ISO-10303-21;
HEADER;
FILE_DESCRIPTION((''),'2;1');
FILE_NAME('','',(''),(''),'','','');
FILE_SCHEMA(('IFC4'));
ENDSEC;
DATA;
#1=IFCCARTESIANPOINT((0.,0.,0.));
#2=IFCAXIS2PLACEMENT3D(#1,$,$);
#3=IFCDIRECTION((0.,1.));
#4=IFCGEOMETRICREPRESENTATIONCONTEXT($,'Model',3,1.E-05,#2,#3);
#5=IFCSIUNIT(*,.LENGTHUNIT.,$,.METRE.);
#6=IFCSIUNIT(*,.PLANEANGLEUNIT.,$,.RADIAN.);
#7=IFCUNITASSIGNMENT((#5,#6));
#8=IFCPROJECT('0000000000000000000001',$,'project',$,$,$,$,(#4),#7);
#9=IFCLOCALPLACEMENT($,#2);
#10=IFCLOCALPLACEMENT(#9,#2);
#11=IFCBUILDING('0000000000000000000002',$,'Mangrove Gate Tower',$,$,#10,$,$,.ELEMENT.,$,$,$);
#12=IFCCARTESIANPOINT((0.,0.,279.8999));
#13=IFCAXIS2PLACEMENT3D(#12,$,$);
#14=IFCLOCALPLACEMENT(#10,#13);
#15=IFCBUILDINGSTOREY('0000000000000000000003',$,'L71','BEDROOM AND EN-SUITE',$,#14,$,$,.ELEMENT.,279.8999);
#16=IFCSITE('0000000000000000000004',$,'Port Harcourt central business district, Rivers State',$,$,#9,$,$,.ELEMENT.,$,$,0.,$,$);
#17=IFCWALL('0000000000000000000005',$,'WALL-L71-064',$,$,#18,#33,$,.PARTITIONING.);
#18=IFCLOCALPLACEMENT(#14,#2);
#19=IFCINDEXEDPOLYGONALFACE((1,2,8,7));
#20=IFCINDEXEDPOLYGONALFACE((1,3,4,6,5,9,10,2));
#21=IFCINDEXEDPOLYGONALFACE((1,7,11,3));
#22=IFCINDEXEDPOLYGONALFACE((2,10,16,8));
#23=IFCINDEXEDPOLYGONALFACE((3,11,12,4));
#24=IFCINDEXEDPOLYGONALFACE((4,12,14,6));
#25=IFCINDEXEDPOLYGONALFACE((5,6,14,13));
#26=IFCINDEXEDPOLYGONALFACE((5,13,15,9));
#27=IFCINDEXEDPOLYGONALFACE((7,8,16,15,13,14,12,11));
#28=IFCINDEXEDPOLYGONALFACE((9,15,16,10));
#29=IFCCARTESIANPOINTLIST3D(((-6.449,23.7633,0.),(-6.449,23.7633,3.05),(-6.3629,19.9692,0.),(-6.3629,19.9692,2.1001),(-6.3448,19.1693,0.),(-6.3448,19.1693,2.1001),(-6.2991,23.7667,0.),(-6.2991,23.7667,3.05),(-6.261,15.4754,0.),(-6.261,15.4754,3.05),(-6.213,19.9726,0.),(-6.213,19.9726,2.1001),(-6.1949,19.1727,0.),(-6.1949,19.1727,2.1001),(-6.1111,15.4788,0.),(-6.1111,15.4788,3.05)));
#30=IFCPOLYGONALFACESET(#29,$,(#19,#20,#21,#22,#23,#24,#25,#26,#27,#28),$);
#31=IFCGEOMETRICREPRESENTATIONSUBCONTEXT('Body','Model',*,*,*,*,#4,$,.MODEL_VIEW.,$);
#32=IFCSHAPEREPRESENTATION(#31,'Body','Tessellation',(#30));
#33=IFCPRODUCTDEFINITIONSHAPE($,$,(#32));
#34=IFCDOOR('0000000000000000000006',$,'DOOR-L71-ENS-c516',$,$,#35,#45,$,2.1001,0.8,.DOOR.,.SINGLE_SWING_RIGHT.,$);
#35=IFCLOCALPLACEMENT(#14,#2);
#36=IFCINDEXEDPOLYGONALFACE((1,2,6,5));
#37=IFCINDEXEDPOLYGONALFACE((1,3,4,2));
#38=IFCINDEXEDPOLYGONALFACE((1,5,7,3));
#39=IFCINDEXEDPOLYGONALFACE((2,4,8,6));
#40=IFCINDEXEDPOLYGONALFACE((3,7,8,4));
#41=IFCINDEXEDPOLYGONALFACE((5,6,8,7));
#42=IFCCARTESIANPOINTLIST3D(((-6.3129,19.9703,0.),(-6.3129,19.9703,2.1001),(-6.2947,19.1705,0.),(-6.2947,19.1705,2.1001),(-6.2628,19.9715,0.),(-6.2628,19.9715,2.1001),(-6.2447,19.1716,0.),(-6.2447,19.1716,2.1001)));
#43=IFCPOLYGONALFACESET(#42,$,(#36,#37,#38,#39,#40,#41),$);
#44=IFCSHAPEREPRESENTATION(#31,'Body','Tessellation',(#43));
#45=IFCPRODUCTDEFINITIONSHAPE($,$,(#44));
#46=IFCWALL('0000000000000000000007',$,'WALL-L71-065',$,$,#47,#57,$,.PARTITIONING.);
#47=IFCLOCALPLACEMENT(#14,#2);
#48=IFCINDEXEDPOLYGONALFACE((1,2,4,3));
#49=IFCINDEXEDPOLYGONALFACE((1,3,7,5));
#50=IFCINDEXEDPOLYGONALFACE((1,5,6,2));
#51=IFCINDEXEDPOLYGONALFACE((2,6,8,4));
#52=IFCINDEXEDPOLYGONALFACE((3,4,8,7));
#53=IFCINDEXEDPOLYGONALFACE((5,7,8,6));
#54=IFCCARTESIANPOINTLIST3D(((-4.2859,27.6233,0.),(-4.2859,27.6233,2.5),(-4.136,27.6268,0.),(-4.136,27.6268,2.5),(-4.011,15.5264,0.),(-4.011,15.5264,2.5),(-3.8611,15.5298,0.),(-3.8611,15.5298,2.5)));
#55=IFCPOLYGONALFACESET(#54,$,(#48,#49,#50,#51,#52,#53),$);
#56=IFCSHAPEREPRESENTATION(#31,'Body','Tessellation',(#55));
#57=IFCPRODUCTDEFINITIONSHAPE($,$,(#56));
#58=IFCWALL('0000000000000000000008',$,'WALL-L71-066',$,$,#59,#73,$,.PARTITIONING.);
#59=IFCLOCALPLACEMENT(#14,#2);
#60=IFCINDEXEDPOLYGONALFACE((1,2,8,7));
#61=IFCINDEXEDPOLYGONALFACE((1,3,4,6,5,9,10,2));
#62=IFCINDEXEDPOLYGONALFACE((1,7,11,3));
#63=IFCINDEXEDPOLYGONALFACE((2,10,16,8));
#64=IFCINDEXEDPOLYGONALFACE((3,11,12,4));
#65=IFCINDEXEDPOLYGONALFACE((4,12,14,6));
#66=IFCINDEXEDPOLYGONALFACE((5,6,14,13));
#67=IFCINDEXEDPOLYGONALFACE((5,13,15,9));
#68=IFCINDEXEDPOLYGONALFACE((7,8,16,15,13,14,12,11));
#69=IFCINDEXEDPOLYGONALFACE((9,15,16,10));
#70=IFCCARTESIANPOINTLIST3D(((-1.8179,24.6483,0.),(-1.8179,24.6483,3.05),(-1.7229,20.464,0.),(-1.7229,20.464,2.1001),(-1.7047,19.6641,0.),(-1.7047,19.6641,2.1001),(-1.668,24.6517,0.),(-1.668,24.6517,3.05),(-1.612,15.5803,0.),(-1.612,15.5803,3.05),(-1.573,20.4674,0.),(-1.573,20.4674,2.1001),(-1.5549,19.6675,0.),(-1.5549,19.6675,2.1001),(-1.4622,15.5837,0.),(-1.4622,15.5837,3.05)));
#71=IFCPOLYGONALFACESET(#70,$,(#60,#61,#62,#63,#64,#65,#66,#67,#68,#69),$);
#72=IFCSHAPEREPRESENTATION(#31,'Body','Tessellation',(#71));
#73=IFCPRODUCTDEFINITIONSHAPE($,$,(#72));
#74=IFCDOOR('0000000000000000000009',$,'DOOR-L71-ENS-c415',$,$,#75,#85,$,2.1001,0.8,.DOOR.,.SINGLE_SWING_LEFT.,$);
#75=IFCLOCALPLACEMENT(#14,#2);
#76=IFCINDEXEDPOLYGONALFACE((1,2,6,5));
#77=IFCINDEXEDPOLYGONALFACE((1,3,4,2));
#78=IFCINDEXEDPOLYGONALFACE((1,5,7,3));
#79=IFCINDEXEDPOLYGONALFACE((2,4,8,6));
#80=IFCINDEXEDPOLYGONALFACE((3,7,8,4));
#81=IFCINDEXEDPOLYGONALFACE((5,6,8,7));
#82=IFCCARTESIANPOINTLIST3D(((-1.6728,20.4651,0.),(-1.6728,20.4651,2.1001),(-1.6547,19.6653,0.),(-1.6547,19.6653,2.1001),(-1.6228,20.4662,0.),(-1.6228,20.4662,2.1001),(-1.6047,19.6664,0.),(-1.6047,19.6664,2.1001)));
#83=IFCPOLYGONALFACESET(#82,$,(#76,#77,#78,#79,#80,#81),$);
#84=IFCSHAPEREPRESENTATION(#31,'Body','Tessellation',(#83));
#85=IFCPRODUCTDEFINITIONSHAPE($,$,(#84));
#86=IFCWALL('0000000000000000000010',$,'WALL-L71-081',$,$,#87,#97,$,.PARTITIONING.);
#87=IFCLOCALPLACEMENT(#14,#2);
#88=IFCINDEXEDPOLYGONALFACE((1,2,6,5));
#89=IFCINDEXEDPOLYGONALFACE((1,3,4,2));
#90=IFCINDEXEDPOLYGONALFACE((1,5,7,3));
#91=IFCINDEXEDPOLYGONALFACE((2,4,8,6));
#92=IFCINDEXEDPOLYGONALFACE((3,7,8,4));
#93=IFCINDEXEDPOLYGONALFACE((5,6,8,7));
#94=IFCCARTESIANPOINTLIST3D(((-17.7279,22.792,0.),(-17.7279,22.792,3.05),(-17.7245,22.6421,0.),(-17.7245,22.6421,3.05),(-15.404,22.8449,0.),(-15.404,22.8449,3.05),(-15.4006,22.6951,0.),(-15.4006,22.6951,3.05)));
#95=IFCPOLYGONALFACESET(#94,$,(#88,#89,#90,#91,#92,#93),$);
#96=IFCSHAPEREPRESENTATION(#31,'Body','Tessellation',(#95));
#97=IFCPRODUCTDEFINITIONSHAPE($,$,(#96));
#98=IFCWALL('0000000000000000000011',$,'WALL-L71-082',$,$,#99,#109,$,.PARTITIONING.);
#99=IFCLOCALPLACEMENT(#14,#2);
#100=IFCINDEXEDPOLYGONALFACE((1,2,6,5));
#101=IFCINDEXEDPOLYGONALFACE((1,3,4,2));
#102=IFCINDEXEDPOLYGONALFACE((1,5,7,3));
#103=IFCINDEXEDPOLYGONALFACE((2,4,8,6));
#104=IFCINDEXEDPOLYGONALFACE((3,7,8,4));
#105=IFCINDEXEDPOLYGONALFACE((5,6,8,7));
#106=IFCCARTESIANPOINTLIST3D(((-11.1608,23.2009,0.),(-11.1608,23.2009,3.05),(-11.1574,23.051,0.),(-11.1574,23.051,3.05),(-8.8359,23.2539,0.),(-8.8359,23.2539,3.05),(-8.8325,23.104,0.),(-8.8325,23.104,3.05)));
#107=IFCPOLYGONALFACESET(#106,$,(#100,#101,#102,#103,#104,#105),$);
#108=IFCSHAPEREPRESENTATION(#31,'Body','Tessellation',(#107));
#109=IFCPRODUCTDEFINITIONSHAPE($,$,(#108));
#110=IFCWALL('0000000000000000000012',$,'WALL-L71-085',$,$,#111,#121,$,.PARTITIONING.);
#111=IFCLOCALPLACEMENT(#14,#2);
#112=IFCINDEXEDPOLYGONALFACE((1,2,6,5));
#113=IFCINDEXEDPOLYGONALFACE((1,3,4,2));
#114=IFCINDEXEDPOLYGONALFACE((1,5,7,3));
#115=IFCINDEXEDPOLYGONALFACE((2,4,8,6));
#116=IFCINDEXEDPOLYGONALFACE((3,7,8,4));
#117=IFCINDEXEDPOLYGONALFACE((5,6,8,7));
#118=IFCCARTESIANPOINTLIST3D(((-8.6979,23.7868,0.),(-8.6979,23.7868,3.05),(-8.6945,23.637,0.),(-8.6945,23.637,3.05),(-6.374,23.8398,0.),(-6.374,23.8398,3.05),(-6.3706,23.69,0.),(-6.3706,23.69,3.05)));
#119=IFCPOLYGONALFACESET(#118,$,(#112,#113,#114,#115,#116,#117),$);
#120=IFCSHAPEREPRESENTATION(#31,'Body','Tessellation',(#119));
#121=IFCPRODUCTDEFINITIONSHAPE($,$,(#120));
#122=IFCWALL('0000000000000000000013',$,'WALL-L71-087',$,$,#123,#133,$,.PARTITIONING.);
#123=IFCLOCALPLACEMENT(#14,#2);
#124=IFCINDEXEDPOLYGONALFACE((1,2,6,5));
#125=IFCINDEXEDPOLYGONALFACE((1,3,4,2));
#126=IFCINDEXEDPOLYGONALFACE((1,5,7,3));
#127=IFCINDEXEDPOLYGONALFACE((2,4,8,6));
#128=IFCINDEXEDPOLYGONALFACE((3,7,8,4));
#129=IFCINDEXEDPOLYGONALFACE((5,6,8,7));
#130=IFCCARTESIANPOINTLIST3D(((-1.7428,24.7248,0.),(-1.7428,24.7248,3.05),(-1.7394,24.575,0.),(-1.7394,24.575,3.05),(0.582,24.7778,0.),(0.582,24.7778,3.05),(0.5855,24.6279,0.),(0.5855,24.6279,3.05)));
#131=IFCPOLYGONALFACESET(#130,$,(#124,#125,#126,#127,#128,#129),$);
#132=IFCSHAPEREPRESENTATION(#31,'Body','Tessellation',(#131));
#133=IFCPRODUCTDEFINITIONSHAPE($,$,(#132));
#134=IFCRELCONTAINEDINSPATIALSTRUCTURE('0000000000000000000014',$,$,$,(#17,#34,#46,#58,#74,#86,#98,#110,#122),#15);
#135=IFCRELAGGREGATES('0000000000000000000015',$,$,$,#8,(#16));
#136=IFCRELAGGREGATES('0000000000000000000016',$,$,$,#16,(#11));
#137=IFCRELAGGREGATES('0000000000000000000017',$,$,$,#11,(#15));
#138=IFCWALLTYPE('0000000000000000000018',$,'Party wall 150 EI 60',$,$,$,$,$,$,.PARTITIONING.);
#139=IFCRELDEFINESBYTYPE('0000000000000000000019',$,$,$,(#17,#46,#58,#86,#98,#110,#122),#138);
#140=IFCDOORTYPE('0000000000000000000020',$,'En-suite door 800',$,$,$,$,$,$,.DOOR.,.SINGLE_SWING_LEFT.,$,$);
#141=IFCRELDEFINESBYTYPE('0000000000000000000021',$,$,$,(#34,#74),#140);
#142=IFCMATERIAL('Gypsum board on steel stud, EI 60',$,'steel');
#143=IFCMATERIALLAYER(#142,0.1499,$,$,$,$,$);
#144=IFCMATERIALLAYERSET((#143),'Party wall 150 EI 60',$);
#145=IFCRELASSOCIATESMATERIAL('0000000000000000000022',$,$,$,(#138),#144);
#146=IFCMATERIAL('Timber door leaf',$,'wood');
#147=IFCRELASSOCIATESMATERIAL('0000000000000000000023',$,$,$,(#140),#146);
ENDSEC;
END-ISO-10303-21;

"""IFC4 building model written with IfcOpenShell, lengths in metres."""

from ifc_helpers import new_model, si_unit, direction, frame, frame_2d, origin, place, context, subcontext, project, spatial, rectangle, extrude, material, layer, layer_set, type_object, element, fill, save


model = new_model("IFC4")

# Units and contexts
model_context = context("Model", 3, precision=1e-05, world=origin(), true_north=direction((0.0, 1.0)))
body_context = subcontext(model_context, "Body", "Model", "MODEL_VIEW")
ifc_project = project(units=[si_unit("LENGTHUNIT", "METRE"), si_unit("PLANEANGLEUNIT", "RADIAN")], contexts=[model_context])

# Site, building, storey
site_placement = place(None, origin())
site = spatial("IfcSite", under=ifc_project, at=site_placement, Name="Port Harcourt central business district, Rivers State", CompositionType="ELEMENT", RefElevation=0.0)
building_placement = place(site_placement, origin())
building = spatial("IfcBuilding", under=site, at=building_placement, Name="Mangrove Gate Tower", CompositionType="ELEMENT")
storey_placement = place(building_placement, frame((0.0, 0.0, 279.8999)))
storey = spatial("IfcBuildingStorey", under=building, at=storey_placement, Name="L71", Description="BEDROOM AND EN-SUITE", CompositionType="ELEMENT", Elevation=279.8999)

# Shared definitions
ifc_material_1 = material(Name="Gypsum board on steel stud, EI 60", Category="steel")
ifc_layer = layer(ifc_material_1, 0.1499)
ifc_layer_set = layer_set([ifc_layer], Name="Party wall 150 EI 60")
wall_type = type_object("IfcWallType", Name="Party wall 150 EI 60", PredefinedType="PARTITIONING", material=ifc_layer_set)

# Shared definitions
ifc_material_2 = material(Name="Timber door leaf", Category="wood")
door_type = type_object("IfcDoorType", Name="En-suite door 800", OperationType="SINGLE_SWING_LEFT", PredefinedType="DOOR", material=ifc_material_2)

# Wall, opening, door
wall_1_placement = place(storey_placement, frame((-6.186, 15.4771, 0.0), z_axis=(0.0, 0.0, 1.0), x_axis=(-0.022677, 0.999743, 0.0)))
wall_1 = element("IfcWall", 1, at=wall_1_placement, inside=storey, type_object=wall_type, Name="WALL-L71-064", PredefinedType="PARTITIONING", context=body_context, shape_type="SweptSolid", body=[
    extrude(rectangle(XDim=8.29, YDim=0.1499, at=frame_2d((4.145, 0.0))), origin(), (0.0, 0.0, 1.0), 3.05),
])
opening_1_placement = place(wall_1_placement, frame((3.6951, 0.0, 0.0)))
opening_1 = element("IfcOpeningElement", 2, at=opening_1_placement, cuts=wall_1, PredefinedType="OPENING", context=body_context, shape_type="SweptSolid", body=[
    extrude(rectangle(XDim=0.8, YDim=2.1001, at=frame_2d((0.3999, 1.05))), frame((0.0, 0.085, 0.0), z_axis=(0.0, -1.0, 0.0), x_axis=(1.0, 0.0, 0.0)), (0.0, 0.0, 1.0), 0.1699),
])
door_1_placement = place(opening_1_placement, origin())
door_1 = element("IfcDoor", 3, at=door_1_placement, inside=storey, type_object=door_type, Name="DOOR-L71-ENS-c516", OperationType="SINGLE_SWING_RIGHT", OverallHeight=2.1001, OverallWidth=0.8, PredefinedType="DOOR", context=body_context, shape_type="SweptSolid", body=[
    extrude(rectangle(XDim=0.8, YDim=2.1001, at=frame_2d((0.3999, 1.05))), frame((0.0, 0.0249, 0.0), z_axis=(0.0, -1.0, 0.0), x_axis=(1.0, 0.0, 0.0)), (0.0, 0.0, 1.0), 0.05),
])
fill(opening_1, door_1)

# Wall
wall_2_placement = place(storey_placement, frame((-3.936, 15.5281, 0.0), z_axis=(0.0, 0.0, 1.0), x_axis=(-0.022719, 0.999742, 0.0)))
element("IfcWall", 4, at=wall_2_placement, inside=storey, type_object=wall_type, Name="WALL-L71-065", PredefinedType="PARTITIONING", context=body_context, shape_type="SweptSolid", body=[
    extrude(rectangle(XDim=12.1001, YDim=0.1499, at=frame_2d((6.05, 0.0))), origin(), (0.0, 0.0, 1.0), 2.5),
])

# Wall, opening, door
wall_3_placement = place(storey_placement, frame((-1.5371, 15.582, 0.0), z_axis=(0.0, 0.0, 1.0), x_axis=(-0.022691, 0.999743, 0.0)))
wall_3 = element("IfcWall", 5, at=wall_3_placement, inside=storey, type_object=wall_type, Name="WALL-L71-066", PredefinedType="PARTITIONING", context=body_context, shape_type="SweptSolid", body=[
    extrude(rectangle(XDim=9.0703, YDim=0.1499, at=frame_2d((4.5352, 0.0))), origin(), (0.0, 0.0, 1.0), 3.05),
])
opening_2_placement = place(wall_3_placement, frame((4.085, 0.0, 0.0)))
opening_2 = element("IfcOpeningElement", 6, at=opening_2_placement, cuts=wall_3, PredefinedType="OPENING", context=body_context, shape_type="SweptSolid", body=[
    extrude(rectangle(XDim=0.8, YDim=2.1001, at=frame_2d((0.3999, 1.05))), frame((0.0, 0.085, 0.0), z_axis=(0.0, -1.0, 0.0), x_axis=(1.0, 0.0, 0.0)), (0.0, 0.0, 1.0), 0.1699),
])
door_2_placement = place(opening_2_placement, origin())
door_2 = element("IfcDoor", 7, at=door_2_placement, inside=storey, type_object=door_type, Name="DOOR-L71-ENS-c415", OperationType="SINGLE_SWING_LEFT", OverallHeight=2.1001, OverallWidth=0.8, PredefinedType="DOOR", context=body_context, shape_type="SweptSolid", body=[
    extrude(rectangle(XDim=0.8, YDim=2.1001, at=frame_2d((0.3999, 1.05))), frame((0.0, 0.0249, 0.0), z_axis=(0.0, -1.0, 0.0), x_axis=(1.0, 0.0, 0.0)), (0.0, 0.0, 1.0), 0.05),
])
fill(opening_2, door_2)

# Walls
wall_4_placement = place(storey_placement, frame((-17.7261, 22.717, 0.0), z_axis=(0.0, 0.0, 1.0), x_axis=(0.99974, 0.022791, 0.0)))
element("IfcWall", 8, at=wall_4_placement, inside=storey, type_object=wall_type, Name="WALL-L71-081", PredefinedType="PARTITIONING", context=body_context, shape_type="SweptSolid", body=[
    extrude(rectangle(XDim=2.3245, YDim=0.1499, at=frame_2d((1.1621, 0.0))), origin(), (0.0, 0.0, 1.0), 3.05),
])
wall_5_placement = place(storey_placement, frame((-11.1589, 23.126, 0.0), z_axis=(0.0, 0.0, 1.0), x_axis=(0.99974, 0.022781, 0.0)))
element("IfcWall", 9, at=wall_5_placement, inside=storey, type_object=wall_type, Name="WALL-L71-082", PredefinedType="PARTITIONING", context=body_context, shape_type="SweptSolid", body=[
    extrude(rectangle(XDim=2.3254, YDim=0.1499, at=frame_2d((1.1626, 0.0))), origin(), (0.0, 0.0, 1.0), 3.05),
])
wall_6_placement = place(storey_placement, frame((-8.696, 23.7119, 0.0), z_axis=(0.0, 0.0, 1.0), x_axis=(0.99974, 0.022791, 0.0)))
element("IfcWall", 10, at=wall_6_placement, inside=storey, type_object=wall_type, Name="WALL-L71-085", PredefinedType="PARTITIONING", context=body_context, shape_type="SweptSolid", body=[
    extrude(rectangle(XDim=2.3245, YDim=0.1499, at=frame_2d((1.1621, 0.0))), origin(), (0.0, 0.0, 1.0), 3.05),
])
wall_7_placement = place(storey_placement, frame((-1.741, 24.6499, 0.0), z_axis=(0.0, 0.0, 1.0), x_axis=(0.99974, 0.022781, 0.0)))
element("IfcWall", 11, at=wall_7_placement, inside=storey, type_object=wall_type, Name="WALL-L71-087", PredefinedType="PARTITIONING", context=body_context, shape_type="SweptSolid", body=[
    extrude(rectangle(XDim=2.3254, YDim=0.1499, at=frame_2d((1.1626, 0.0))), origin(), (0.0, 0.0, 1.0), 3.05),
])

save(model, "model.ifc")
